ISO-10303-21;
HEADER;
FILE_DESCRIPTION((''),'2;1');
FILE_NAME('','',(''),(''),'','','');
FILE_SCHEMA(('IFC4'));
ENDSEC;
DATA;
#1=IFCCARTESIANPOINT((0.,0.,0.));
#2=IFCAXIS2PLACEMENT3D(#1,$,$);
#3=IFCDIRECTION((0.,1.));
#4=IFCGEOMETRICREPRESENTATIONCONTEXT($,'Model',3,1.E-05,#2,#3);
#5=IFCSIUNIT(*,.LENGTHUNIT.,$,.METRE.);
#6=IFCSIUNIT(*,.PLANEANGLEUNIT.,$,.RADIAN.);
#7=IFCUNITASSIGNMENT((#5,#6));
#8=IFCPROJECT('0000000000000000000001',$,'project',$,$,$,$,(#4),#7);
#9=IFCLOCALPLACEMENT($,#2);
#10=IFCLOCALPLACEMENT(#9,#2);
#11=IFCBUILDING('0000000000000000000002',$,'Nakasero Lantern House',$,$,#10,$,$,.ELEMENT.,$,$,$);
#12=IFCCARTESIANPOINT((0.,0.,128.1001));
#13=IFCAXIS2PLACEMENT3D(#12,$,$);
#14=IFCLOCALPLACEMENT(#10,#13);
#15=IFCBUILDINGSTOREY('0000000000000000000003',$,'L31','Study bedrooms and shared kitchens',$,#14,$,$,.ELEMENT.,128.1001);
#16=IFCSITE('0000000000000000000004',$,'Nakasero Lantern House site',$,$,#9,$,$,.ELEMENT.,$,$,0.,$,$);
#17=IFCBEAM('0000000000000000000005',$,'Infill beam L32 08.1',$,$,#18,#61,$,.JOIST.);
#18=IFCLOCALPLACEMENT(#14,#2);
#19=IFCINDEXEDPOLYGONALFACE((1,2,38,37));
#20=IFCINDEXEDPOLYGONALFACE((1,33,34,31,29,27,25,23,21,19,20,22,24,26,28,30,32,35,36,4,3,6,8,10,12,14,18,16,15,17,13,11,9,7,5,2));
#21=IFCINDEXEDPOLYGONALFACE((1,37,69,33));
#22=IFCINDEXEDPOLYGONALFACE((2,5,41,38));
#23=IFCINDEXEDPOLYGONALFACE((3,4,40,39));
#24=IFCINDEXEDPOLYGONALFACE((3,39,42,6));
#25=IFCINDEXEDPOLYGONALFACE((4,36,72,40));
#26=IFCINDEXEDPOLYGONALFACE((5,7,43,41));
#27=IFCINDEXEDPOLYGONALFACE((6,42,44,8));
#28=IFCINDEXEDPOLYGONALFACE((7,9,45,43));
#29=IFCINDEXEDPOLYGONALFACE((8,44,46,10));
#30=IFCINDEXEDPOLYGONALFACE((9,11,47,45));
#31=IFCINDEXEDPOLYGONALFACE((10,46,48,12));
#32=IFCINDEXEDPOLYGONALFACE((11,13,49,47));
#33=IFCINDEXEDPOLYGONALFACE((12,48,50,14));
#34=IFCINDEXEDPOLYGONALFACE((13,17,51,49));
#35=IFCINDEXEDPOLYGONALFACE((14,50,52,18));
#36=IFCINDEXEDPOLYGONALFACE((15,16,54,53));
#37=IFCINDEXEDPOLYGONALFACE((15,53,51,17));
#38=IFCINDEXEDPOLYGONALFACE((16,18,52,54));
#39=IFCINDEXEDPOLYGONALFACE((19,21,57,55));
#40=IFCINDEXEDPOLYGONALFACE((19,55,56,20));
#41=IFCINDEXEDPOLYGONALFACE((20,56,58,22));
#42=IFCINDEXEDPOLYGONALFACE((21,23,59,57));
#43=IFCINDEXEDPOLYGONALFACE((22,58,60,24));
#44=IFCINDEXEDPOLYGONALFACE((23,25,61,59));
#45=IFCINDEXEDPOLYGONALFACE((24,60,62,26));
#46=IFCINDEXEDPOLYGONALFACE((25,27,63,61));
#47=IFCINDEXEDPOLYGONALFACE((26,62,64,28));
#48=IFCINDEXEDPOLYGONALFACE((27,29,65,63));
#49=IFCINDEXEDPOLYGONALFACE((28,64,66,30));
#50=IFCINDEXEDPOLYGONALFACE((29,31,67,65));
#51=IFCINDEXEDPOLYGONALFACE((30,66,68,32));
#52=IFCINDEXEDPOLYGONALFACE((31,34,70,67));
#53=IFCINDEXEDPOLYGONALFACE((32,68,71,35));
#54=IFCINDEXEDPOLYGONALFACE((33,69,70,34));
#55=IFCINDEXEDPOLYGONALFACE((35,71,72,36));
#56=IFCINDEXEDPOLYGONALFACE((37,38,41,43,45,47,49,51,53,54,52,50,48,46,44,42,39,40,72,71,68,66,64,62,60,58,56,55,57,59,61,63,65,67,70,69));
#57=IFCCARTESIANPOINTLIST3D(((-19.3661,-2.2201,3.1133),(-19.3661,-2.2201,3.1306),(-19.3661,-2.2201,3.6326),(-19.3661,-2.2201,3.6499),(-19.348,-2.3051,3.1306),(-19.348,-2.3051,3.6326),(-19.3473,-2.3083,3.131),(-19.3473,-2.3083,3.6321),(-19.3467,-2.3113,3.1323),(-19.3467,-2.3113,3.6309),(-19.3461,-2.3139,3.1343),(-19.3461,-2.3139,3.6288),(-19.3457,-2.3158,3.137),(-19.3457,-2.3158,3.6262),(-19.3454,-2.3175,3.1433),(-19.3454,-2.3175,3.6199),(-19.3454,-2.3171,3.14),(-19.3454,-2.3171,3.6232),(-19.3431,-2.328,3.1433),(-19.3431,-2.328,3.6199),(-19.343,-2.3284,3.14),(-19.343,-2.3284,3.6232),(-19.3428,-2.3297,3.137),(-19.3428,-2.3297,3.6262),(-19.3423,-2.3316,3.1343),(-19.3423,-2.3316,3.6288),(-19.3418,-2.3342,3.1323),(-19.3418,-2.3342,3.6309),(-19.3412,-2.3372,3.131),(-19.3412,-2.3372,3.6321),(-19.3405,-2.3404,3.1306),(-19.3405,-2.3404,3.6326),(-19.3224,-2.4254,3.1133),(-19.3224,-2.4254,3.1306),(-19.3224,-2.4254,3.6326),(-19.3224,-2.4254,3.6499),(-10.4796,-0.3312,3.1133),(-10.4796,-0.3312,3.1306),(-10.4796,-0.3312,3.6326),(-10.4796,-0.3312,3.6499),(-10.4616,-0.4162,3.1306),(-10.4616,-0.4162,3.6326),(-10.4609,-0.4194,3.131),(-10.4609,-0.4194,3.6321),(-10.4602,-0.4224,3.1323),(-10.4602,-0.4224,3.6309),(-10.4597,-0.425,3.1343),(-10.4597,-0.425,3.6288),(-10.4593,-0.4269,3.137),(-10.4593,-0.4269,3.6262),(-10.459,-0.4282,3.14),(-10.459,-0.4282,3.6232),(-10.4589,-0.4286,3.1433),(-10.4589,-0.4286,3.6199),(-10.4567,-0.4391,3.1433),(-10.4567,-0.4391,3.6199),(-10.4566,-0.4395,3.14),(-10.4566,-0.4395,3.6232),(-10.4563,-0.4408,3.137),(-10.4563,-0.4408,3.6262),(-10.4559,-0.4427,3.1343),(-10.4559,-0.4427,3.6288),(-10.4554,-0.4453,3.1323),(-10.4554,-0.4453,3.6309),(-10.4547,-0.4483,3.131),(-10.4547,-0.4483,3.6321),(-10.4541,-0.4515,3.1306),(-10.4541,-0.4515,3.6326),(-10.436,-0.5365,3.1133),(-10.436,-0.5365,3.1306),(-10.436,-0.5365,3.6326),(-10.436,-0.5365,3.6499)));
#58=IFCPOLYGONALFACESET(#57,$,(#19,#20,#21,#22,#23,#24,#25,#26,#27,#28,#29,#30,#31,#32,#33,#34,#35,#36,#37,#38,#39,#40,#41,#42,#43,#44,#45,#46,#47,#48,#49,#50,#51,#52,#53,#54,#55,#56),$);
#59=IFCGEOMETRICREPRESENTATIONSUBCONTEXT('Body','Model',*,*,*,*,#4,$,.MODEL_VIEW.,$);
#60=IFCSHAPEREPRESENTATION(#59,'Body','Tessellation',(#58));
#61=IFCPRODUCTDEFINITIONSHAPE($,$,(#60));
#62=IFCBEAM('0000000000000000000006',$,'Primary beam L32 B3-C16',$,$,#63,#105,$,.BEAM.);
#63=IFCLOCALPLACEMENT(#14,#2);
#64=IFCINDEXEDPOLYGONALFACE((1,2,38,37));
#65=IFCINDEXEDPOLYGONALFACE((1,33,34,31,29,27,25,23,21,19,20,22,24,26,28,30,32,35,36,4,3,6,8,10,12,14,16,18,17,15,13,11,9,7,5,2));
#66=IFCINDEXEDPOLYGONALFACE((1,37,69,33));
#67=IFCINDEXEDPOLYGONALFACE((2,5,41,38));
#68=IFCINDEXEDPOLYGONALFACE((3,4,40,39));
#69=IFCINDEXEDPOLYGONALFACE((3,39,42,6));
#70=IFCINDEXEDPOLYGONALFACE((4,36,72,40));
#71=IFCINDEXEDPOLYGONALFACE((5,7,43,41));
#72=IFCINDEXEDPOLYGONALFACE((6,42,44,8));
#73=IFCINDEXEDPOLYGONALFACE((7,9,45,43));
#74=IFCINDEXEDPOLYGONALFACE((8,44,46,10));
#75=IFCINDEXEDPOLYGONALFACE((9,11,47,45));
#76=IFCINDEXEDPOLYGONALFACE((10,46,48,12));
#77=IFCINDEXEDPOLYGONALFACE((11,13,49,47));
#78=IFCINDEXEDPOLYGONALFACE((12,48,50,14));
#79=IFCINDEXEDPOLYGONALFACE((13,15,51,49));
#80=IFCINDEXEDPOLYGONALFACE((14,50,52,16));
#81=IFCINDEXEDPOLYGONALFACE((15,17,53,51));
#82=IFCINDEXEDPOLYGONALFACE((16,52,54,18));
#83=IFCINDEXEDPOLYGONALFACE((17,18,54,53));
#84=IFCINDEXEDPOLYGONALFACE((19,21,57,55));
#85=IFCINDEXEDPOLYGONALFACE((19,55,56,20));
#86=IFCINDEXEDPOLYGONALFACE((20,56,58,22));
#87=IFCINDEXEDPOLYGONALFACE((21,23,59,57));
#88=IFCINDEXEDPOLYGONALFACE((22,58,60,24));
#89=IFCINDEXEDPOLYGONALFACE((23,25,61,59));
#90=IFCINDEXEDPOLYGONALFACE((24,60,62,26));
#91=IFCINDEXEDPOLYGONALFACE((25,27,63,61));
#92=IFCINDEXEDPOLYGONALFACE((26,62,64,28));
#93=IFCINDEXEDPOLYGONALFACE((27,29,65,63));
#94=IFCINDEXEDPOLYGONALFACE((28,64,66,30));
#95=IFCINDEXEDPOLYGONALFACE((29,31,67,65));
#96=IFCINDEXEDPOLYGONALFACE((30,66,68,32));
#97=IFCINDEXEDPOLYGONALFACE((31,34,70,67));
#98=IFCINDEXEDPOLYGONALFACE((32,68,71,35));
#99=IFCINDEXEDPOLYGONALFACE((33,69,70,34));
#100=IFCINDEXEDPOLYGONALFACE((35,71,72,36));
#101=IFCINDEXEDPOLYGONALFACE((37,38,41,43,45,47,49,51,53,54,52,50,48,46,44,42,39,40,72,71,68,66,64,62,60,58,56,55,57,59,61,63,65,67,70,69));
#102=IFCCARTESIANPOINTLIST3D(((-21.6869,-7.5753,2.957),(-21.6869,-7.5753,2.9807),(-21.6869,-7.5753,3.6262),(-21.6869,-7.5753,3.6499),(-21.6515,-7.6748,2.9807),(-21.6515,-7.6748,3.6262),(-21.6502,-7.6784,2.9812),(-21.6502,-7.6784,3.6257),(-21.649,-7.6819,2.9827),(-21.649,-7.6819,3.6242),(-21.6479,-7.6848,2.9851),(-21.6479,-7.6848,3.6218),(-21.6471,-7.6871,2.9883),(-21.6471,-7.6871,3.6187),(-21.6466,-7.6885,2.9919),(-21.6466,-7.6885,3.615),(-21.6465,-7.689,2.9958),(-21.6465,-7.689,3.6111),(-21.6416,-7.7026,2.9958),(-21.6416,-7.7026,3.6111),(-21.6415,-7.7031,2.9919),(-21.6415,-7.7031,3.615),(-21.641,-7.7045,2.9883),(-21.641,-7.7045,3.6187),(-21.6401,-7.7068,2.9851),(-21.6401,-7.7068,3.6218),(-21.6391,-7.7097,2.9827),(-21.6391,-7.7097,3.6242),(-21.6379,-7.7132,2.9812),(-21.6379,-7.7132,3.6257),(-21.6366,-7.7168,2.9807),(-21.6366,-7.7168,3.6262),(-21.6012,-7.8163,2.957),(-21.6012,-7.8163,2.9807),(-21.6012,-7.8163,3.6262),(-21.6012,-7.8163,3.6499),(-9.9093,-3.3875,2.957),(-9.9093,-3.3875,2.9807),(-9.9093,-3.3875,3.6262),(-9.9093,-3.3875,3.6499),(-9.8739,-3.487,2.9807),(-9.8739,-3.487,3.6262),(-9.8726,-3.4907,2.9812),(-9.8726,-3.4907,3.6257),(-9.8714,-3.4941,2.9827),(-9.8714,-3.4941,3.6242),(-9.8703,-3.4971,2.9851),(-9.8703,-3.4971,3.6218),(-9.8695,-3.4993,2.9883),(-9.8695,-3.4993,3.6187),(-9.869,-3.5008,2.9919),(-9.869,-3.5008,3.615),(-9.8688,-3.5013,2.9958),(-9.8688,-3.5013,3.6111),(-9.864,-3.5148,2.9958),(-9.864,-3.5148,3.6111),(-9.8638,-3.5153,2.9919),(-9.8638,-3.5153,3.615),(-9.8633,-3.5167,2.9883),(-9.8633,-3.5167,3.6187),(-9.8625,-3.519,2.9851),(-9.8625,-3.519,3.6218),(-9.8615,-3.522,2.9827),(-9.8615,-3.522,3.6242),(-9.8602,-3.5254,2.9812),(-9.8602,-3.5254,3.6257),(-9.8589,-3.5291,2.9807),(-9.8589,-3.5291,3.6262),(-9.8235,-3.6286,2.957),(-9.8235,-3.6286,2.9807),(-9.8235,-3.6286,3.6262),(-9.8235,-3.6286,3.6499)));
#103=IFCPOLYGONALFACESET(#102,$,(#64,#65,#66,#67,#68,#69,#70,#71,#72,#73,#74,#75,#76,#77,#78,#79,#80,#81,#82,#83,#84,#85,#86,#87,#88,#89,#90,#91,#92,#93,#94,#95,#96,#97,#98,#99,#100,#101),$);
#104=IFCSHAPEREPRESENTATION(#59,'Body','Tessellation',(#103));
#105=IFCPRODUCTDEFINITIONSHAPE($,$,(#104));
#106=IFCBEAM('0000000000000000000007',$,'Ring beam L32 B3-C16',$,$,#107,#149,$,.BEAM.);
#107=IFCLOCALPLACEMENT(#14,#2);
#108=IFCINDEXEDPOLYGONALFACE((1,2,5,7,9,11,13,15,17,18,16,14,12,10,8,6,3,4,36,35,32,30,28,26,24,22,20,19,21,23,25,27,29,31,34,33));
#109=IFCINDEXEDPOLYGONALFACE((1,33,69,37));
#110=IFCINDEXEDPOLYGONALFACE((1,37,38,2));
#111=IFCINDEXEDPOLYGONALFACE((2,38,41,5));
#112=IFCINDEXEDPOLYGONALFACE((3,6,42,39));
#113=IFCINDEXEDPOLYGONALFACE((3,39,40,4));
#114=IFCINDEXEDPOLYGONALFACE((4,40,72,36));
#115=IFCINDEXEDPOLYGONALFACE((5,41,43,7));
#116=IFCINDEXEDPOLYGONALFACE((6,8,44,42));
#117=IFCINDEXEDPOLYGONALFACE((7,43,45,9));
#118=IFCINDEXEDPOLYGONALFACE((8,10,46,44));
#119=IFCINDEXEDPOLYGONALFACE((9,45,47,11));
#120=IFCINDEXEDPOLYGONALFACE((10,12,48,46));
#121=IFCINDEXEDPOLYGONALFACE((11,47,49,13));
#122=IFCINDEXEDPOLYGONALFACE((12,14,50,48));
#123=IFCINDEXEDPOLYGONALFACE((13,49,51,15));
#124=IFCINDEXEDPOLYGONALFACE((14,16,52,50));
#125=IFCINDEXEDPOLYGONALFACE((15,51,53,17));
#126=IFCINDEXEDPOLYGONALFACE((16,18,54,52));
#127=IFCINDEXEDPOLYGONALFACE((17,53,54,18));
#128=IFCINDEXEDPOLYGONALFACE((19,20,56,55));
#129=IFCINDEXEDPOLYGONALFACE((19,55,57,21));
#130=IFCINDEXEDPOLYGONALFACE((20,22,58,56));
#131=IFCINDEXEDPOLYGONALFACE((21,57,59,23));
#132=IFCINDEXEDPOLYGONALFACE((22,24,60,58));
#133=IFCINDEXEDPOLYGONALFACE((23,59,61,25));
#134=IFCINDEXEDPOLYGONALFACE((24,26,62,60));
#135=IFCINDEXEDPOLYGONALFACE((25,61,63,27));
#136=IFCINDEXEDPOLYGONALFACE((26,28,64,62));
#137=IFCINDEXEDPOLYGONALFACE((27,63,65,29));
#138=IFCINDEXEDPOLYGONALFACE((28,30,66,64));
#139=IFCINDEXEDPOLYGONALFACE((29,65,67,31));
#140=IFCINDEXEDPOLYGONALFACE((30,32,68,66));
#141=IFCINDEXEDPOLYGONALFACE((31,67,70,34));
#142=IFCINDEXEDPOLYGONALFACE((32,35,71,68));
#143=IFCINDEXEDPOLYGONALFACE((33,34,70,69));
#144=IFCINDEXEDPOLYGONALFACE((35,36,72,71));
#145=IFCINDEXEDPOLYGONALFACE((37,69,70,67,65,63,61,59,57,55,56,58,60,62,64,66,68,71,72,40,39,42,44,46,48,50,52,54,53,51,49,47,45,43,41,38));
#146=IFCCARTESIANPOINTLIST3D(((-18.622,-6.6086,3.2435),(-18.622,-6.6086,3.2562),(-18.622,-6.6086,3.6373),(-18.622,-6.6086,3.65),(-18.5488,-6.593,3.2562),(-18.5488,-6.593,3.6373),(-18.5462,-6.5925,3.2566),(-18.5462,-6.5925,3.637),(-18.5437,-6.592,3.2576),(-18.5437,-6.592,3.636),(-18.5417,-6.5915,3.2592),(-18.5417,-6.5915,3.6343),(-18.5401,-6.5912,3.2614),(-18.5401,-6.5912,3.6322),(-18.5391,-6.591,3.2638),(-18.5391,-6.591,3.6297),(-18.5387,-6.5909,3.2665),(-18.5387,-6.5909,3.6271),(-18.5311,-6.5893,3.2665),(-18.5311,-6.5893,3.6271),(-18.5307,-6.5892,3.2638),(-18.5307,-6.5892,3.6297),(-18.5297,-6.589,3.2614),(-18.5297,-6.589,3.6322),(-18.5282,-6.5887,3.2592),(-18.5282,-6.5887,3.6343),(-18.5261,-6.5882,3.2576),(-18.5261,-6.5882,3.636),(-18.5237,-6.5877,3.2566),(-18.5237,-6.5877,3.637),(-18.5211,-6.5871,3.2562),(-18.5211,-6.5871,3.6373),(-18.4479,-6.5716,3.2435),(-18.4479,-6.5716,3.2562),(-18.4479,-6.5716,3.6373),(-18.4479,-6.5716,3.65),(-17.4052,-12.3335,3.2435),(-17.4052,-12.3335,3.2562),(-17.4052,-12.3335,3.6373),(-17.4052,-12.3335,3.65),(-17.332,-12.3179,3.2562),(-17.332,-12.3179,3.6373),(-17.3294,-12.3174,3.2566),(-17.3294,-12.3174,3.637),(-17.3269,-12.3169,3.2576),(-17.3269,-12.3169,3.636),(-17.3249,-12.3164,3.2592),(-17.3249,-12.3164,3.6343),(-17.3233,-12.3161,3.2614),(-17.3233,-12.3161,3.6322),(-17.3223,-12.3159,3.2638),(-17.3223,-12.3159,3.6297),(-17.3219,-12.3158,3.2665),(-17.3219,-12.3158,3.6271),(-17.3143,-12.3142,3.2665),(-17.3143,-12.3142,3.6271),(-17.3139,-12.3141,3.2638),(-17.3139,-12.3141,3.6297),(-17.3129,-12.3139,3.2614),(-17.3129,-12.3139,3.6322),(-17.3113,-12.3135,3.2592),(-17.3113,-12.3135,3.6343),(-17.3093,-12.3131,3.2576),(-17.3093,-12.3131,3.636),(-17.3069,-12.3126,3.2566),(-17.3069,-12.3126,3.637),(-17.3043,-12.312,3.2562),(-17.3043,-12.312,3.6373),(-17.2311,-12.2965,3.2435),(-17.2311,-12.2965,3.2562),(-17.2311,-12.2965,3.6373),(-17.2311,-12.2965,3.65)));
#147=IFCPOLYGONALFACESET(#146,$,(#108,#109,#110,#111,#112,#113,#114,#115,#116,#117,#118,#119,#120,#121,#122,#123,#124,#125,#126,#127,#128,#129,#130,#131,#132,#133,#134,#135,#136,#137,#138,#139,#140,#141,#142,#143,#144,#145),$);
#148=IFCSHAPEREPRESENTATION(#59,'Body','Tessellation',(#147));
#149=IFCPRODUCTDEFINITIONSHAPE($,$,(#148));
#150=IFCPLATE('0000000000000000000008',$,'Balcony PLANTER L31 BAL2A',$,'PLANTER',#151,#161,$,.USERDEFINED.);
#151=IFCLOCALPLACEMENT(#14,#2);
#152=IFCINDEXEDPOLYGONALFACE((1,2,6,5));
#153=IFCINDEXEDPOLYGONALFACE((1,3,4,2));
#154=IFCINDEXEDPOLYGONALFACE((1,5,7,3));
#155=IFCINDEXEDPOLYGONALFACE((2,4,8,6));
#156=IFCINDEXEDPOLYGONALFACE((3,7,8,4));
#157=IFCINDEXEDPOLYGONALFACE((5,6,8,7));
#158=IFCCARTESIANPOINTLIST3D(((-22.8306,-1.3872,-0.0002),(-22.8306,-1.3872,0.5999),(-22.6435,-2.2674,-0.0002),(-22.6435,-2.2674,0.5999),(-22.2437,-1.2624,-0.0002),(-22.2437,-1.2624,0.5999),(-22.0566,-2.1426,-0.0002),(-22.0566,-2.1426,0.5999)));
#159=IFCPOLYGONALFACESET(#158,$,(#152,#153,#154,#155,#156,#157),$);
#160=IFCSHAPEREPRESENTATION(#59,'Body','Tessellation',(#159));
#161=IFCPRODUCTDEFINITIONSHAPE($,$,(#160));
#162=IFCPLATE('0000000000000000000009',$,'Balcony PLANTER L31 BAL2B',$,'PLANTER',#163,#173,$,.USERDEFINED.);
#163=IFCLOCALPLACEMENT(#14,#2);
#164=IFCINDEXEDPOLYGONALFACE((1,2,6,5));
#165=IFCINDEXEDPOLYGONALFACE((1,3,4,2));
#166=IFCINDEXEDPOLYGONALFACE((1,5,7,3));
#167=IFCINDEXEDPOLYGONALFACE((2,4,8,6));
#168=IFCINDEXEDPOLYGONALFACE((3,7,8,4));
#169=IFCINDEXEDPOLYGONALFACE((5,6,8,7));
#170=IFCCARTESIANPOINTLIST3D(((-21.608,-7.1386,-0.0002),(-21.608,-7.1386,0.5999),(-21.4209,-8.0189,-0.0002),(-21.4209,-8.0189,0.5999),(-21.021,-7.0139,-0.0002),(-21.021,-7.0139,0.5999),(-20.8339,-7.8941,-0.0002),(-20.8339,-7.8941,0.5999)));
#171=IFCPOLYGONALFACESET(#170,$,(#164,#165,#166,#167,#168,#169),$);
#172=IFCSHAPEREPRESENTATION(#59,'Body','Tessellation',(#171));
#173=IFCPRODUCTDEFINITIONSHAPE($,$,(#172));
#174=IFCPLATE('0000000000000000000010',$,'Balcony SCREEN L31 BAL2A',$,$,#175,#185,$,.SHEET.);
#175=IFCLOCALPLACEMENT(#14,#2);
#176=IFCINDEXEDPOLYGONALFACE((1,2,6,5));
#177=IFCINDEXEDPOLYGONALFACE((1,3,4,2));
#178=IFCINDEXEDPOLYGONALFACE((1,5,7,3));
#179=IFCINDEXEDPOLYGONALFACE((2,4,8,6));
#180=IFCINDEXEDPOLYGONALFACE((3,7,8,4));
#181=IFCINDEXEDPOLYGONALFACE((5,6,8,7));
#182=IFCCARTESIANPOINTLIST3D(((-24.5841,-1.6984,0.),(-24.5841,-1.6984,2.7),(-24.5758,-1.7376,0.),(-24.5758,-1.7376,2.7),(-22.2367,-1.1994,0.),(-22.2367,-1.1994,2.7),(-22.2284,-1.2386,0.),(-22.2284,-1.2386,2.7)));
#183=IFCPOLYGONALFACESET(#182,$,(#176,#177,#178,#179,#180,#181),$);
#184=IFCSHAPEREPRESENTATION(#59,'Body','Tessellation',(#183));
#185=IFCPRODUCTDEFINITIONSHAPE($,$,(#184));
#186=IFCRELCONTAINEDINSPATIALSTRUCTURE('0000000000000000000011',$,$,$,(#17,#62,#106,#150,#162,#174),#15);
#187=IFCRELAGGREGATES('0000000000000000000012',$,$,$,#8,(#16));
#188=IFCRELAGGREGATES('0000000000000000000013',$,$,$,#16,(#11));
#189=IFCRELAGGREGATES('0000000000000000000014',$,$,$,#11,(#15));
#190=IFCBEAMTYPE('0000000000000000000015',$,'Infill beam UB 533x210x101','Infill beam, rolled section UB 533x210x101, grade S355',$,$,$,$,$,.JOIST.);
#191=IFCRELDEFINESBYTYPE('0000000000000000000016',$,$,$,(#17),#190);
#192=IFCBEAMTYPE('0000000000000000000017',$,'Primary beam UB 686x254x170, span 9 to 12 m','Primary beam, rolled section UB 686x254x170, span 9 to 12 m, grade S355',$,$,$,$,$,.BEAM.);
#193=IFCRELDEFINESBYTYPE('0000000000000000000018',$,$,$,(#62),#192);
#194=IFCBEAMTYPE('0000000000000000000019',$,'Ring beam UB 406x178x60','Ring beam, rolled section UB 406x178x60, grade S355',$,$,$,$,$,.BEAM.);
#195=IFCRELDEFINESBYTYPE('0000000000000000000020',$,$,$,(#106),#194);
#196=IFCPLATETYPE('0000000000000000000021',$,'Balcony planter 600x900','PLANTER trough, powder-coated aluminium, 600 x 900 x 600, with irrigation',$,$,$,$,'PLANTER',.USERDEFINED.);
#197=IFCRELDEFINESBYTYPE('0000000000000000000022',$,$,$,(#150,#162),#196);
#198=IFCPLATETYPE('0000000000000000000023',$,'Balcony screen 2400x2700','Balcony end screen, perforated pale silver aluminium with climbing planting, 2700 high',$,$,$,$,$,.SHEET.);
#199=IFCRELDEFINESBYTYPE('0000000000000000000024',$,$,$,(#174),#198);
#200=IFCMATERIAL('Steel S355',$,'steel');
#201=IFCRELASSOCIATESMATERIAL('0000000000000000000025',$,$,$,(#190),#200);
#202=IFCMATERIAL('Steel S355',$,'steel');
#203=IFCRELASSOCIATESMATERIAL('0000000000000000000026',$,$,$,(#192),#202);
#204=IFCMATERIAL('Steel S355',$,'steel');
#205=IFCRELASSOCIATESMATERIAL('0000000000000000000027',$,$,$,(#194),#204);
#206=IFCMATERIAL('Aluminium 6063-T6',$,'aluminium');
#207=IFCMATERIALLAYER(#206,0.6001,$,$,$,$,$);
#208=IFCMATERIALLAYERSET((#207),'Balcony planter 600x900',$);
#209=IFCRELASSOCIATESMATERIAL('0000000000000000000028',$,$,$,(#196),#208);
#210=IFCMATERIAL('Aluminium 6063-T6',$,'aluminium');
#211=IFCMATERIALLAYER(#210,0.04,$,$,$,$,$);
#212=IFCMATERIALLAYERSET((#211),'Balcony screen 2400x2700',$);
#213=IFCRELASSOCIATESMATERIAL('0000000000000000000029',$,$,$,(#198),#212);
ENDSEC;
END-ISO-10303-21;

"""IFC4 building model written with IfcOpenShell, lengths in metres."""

from ifc_helpers import new_model, si_unit, direction, frame, origin, origin_2d, place, context, subcontext, project, spatial, rectangle, i_section, extrude, material, layer, layer_set, material_profile, profile_set, type_object, element, save


model = new_model("IFC4")

# Units and contexts
model_context = context("Model", 3, precision=1e-05, world=origin(), true_north=direction((0.0, 1.0)))
body_context = subcontext(model_context, "Body", "Model", "MODEL_VIEW")
ifc_project = project(units=[si_unit("LENGTHUNIT", "METRE"), si_unit("PLANEANGLEUNIT", "RADIAN")], contexts=[model_context])

# Site, building, storey
site_placement = place(None, origin())
site = spatial("IfcSite", under=ifc_project, at=site_placement, Name="Nakasero Lantern House site", CompositionType="ELEMENT", RefElevation=0.0)
building_placement = place(site_placement, origin())
building = spatial("IfcBuilding", under=site, at=building_placement, Name="Nakasero Lantern House", CompositionType="ELEMENT")
storey_placement = place(building_placement, frame((0.0, 0.0, 128.1001)))
storey = spatial("IfcBuildingStorey", under=building, at=storey_placement, Name="L31", Description="Study bedrooms and shared kitchens", CompositionType="ELEMENT", Elevation=128.1001)

# Beams
ifc_material_1 = material(Name="Steel S355", Category="steel")
ifc_material_profile_1 = material_profile(ifc_material_1, i_section(OverallWidth=0.21, OverallDepth=0.5366, WebThickness=0.0107, FlangeThickness=0.0173, FilletRadius=0.0127, at=origin_2d()), Name="UB 533x210x101")
ifc_profile_set_1 = profile_set([ifc_material_profile_1], Name="Steel S355")
beam_type_1 = type_object("IfcBeamType", Name="Infill beam UB 533x210x101", Description="Infill beam, rolled section UB 533x210x101, grade S355", PredefinedType="JOIST", material=ifc_profile_set_1)
beam_1_placement = place(storey_placement, frame((-19.3442, -2.3228, 3.3816), z_axis=(0.978147, 0.207916, 0.0), x_axis=(-0.207916, 0.978147, 0.0)))
element("IfcBeam", 1, at=beam_1_placement, inside=storey, type_object=beam_type_1, Name="Infill beam L32 08.1", PredefinedType="JOIST", context=body_context, shape_type="SweptSolid", body=[
    extrude(i_section(OverallWidth=0.21, OverallDepth=0.5366, WebThickness=0.0107, FlangeThickness=0.0173, FilletRadius=0.0127, at=origin_2d()), origin(), (0.0, 0.0, 1.0), 9.085),
])
ifc_material_2 = material(Name="Steel S355", Category="steel")
ifc_material_profile_2 = material_profile(ifc_material_2, i_section(OverallWidth=0.2559, OverallDepth=0.6929, WebThickness=0.0144, FlangeThickness=0.0237, FilletRadius=0.0151, at=origin_2d()), Name="UB 686x254x170")
ifc_profile_set_2 = profile_set([ifc_material_profile_2], Name="Steel S355")
beam_type_2 = type_object("IfcBeamType", Name="Primary beam UB 686x254x170, span 9 to 12 m", Description="Primary beam, rolled section UB 686x254x170, span 9 to 12 m, grade S355", PredefinedType="BEAM", material=ifc_profile_set_2)
beam_2_placement = place(storey_placement, frame((-21.644, -7.6958, 3.3035), z_axis=(0.942211, 0.335021, 0.0), x_axis=(-0.335021, 0.942211, 0.0)))
element("IfcBeam", 2, at=beam_2_placement, inside=storey, type_object=beam_type_2, Name="Primary beam L32 B3-C16", PredefinedType="BEAM", context=body_context, shape_type="SweptSolid", body=[
    extrude(i_section(OverallWidth=0.2559, OverallDepth=0.6929, WebThickness=0.0144, FlangeThickness=0.0237, FilletRadius=0.0151, at=origin_2d()), origin(), (0.0, 0.0, 1.0), 12.5),
])
ifc_material_3 = material(Name="Steel S355", Category="steel")
ifc_material_profile_3 = material_profile(ifc_material_3, i_section(OverallWidth=0.178, OverallDepth=0.4065, WebThickness=0.0078, FlangeThickness=0.0127, FilletRadius=0.0103, at=origin_2d()), Name="UB 406x178x60")
ifc_profile_set_3 = profile_set([ifc_material_profile_3], Name="Steel S355")
beam_type_3 = type_object("IfcBeamType", Name="Ring beam UB 406x178x60", Description="Ring beam, rolled section UB 406x178x60, grade S355", PredefinedType="BEAM", material=ifc_profile_set_3)
beam_3_placement = place(storey_placement, frame((-18.5349, -6.5901, 3.4468), z_axis=(0.207902, -0.97815, 0.0), x_axis=(0.97815, 0.207902, 0.0)))
element("IfcBeam", 3, at=beam_3_placement, inside=storey, type_object=beam_type_3, Name="Ring beam L32 B3-C16", PredefinedType="BEAM", context=body_context, shape_type="SweptSolid", body=[
    extrude(i_section(OverallWidth=0.178, OverallDepth=0.4065, WebThickness=0.0078, FlangeThickness=0.0127, FilletRadius=0.0103, at=origin_2d()), origin(), (0.0, 0.0, 1.0), 5.8528),
])

# Plates
ifc_material_4 = material(Name="Aluminium 6063-T6", Category="aluminium")
ifc_layer_1 = layer(ifc_material_4, 0.6001)
ifc_layer_set_1 = layer_set([ifc_layer_1], Name="Balcony planter 600x900")
plate_type_1 = type_object("IfcPlateType", Name="Balcony planter 600x900", Description="PLANTER trough, powder-coated aluminium, 600 x 900 x 600, with irrigation", ElementType="PLANTER", PredefinedType="USERDEFINED", material=ifc_layer_set_1)
for number, where, z_axis, x_axis, name in (
    (4, (-22.4436, -1.7649, -0.0002), (0.0, 0.0, 1.0), (-0.978148, -0.207912, 0.0), "Balcony PLANTER L31 BAL2A"),
    (5, (-21.2209, -7.5164, -0.0002), (0.0, 0.0, 1.0), (-0.978148, -0.207912, 0.0), "Balcony PLANTER L31 BAL2B"),
):
    element("IfcPlate", number, at=place(storey_placement, frame(where, z_axis=z_axis, x_axis=x_axis)), inside=storey, type_object=plate_type_1, Name=name, ObjectType="PLANTER", PredefinedType="USERDEFINED", context=body_context, shape_type="SweptSolid", body=[
        extrude(rectangle(XDim=0.6001, YDim=0.8999, at=origin_2d()), origin(), (0.0, 0.0, 1.0), 0.6001),
    ])
ifc_material_5 = material(Name="Aluminium 6063-T6", Category="aluminium")
ifc_layer_2 = layer(ifc_material_5, 0.04)
ifc_layer_set_2 = layer_set([ifc_layer_2], Name="Balcony screen 2400x2700")
plate_type_2 = type_object("IfcPlateType", Name="Balcony screen 2400x2700", Description="Balcony end screen, perforated pale silver aluminium with climbing planting, 2700 high", PredefinedType="SHEET", material=ifc_layer_set_2)
for number, where, z_axis, x_axis, name in (
    (6, (-23.4062, -1.4685, 0.0), (0.0, 0.0, 1.0), (-0.978148, -0.207912, 0.0), "Balcony SCREEN L31 BAL2A"),
):
    element("IfcPlate", number, at=place(storey_placement, frame(where, z_axis=z_axis, x_axis=x_axis)), inside=storey, type_object=plate_type_2, Name=name, PredefinedType="SHEET", context=body_context, shape_type="SweptSolid", body=[
        extrude(rectangle(XDim=2.3999, YDim=0.04, at=origin_2d()), origin(), (0.0, 0.0, 1.0), 2.7),
    ])

save(model, "model.ifc")
